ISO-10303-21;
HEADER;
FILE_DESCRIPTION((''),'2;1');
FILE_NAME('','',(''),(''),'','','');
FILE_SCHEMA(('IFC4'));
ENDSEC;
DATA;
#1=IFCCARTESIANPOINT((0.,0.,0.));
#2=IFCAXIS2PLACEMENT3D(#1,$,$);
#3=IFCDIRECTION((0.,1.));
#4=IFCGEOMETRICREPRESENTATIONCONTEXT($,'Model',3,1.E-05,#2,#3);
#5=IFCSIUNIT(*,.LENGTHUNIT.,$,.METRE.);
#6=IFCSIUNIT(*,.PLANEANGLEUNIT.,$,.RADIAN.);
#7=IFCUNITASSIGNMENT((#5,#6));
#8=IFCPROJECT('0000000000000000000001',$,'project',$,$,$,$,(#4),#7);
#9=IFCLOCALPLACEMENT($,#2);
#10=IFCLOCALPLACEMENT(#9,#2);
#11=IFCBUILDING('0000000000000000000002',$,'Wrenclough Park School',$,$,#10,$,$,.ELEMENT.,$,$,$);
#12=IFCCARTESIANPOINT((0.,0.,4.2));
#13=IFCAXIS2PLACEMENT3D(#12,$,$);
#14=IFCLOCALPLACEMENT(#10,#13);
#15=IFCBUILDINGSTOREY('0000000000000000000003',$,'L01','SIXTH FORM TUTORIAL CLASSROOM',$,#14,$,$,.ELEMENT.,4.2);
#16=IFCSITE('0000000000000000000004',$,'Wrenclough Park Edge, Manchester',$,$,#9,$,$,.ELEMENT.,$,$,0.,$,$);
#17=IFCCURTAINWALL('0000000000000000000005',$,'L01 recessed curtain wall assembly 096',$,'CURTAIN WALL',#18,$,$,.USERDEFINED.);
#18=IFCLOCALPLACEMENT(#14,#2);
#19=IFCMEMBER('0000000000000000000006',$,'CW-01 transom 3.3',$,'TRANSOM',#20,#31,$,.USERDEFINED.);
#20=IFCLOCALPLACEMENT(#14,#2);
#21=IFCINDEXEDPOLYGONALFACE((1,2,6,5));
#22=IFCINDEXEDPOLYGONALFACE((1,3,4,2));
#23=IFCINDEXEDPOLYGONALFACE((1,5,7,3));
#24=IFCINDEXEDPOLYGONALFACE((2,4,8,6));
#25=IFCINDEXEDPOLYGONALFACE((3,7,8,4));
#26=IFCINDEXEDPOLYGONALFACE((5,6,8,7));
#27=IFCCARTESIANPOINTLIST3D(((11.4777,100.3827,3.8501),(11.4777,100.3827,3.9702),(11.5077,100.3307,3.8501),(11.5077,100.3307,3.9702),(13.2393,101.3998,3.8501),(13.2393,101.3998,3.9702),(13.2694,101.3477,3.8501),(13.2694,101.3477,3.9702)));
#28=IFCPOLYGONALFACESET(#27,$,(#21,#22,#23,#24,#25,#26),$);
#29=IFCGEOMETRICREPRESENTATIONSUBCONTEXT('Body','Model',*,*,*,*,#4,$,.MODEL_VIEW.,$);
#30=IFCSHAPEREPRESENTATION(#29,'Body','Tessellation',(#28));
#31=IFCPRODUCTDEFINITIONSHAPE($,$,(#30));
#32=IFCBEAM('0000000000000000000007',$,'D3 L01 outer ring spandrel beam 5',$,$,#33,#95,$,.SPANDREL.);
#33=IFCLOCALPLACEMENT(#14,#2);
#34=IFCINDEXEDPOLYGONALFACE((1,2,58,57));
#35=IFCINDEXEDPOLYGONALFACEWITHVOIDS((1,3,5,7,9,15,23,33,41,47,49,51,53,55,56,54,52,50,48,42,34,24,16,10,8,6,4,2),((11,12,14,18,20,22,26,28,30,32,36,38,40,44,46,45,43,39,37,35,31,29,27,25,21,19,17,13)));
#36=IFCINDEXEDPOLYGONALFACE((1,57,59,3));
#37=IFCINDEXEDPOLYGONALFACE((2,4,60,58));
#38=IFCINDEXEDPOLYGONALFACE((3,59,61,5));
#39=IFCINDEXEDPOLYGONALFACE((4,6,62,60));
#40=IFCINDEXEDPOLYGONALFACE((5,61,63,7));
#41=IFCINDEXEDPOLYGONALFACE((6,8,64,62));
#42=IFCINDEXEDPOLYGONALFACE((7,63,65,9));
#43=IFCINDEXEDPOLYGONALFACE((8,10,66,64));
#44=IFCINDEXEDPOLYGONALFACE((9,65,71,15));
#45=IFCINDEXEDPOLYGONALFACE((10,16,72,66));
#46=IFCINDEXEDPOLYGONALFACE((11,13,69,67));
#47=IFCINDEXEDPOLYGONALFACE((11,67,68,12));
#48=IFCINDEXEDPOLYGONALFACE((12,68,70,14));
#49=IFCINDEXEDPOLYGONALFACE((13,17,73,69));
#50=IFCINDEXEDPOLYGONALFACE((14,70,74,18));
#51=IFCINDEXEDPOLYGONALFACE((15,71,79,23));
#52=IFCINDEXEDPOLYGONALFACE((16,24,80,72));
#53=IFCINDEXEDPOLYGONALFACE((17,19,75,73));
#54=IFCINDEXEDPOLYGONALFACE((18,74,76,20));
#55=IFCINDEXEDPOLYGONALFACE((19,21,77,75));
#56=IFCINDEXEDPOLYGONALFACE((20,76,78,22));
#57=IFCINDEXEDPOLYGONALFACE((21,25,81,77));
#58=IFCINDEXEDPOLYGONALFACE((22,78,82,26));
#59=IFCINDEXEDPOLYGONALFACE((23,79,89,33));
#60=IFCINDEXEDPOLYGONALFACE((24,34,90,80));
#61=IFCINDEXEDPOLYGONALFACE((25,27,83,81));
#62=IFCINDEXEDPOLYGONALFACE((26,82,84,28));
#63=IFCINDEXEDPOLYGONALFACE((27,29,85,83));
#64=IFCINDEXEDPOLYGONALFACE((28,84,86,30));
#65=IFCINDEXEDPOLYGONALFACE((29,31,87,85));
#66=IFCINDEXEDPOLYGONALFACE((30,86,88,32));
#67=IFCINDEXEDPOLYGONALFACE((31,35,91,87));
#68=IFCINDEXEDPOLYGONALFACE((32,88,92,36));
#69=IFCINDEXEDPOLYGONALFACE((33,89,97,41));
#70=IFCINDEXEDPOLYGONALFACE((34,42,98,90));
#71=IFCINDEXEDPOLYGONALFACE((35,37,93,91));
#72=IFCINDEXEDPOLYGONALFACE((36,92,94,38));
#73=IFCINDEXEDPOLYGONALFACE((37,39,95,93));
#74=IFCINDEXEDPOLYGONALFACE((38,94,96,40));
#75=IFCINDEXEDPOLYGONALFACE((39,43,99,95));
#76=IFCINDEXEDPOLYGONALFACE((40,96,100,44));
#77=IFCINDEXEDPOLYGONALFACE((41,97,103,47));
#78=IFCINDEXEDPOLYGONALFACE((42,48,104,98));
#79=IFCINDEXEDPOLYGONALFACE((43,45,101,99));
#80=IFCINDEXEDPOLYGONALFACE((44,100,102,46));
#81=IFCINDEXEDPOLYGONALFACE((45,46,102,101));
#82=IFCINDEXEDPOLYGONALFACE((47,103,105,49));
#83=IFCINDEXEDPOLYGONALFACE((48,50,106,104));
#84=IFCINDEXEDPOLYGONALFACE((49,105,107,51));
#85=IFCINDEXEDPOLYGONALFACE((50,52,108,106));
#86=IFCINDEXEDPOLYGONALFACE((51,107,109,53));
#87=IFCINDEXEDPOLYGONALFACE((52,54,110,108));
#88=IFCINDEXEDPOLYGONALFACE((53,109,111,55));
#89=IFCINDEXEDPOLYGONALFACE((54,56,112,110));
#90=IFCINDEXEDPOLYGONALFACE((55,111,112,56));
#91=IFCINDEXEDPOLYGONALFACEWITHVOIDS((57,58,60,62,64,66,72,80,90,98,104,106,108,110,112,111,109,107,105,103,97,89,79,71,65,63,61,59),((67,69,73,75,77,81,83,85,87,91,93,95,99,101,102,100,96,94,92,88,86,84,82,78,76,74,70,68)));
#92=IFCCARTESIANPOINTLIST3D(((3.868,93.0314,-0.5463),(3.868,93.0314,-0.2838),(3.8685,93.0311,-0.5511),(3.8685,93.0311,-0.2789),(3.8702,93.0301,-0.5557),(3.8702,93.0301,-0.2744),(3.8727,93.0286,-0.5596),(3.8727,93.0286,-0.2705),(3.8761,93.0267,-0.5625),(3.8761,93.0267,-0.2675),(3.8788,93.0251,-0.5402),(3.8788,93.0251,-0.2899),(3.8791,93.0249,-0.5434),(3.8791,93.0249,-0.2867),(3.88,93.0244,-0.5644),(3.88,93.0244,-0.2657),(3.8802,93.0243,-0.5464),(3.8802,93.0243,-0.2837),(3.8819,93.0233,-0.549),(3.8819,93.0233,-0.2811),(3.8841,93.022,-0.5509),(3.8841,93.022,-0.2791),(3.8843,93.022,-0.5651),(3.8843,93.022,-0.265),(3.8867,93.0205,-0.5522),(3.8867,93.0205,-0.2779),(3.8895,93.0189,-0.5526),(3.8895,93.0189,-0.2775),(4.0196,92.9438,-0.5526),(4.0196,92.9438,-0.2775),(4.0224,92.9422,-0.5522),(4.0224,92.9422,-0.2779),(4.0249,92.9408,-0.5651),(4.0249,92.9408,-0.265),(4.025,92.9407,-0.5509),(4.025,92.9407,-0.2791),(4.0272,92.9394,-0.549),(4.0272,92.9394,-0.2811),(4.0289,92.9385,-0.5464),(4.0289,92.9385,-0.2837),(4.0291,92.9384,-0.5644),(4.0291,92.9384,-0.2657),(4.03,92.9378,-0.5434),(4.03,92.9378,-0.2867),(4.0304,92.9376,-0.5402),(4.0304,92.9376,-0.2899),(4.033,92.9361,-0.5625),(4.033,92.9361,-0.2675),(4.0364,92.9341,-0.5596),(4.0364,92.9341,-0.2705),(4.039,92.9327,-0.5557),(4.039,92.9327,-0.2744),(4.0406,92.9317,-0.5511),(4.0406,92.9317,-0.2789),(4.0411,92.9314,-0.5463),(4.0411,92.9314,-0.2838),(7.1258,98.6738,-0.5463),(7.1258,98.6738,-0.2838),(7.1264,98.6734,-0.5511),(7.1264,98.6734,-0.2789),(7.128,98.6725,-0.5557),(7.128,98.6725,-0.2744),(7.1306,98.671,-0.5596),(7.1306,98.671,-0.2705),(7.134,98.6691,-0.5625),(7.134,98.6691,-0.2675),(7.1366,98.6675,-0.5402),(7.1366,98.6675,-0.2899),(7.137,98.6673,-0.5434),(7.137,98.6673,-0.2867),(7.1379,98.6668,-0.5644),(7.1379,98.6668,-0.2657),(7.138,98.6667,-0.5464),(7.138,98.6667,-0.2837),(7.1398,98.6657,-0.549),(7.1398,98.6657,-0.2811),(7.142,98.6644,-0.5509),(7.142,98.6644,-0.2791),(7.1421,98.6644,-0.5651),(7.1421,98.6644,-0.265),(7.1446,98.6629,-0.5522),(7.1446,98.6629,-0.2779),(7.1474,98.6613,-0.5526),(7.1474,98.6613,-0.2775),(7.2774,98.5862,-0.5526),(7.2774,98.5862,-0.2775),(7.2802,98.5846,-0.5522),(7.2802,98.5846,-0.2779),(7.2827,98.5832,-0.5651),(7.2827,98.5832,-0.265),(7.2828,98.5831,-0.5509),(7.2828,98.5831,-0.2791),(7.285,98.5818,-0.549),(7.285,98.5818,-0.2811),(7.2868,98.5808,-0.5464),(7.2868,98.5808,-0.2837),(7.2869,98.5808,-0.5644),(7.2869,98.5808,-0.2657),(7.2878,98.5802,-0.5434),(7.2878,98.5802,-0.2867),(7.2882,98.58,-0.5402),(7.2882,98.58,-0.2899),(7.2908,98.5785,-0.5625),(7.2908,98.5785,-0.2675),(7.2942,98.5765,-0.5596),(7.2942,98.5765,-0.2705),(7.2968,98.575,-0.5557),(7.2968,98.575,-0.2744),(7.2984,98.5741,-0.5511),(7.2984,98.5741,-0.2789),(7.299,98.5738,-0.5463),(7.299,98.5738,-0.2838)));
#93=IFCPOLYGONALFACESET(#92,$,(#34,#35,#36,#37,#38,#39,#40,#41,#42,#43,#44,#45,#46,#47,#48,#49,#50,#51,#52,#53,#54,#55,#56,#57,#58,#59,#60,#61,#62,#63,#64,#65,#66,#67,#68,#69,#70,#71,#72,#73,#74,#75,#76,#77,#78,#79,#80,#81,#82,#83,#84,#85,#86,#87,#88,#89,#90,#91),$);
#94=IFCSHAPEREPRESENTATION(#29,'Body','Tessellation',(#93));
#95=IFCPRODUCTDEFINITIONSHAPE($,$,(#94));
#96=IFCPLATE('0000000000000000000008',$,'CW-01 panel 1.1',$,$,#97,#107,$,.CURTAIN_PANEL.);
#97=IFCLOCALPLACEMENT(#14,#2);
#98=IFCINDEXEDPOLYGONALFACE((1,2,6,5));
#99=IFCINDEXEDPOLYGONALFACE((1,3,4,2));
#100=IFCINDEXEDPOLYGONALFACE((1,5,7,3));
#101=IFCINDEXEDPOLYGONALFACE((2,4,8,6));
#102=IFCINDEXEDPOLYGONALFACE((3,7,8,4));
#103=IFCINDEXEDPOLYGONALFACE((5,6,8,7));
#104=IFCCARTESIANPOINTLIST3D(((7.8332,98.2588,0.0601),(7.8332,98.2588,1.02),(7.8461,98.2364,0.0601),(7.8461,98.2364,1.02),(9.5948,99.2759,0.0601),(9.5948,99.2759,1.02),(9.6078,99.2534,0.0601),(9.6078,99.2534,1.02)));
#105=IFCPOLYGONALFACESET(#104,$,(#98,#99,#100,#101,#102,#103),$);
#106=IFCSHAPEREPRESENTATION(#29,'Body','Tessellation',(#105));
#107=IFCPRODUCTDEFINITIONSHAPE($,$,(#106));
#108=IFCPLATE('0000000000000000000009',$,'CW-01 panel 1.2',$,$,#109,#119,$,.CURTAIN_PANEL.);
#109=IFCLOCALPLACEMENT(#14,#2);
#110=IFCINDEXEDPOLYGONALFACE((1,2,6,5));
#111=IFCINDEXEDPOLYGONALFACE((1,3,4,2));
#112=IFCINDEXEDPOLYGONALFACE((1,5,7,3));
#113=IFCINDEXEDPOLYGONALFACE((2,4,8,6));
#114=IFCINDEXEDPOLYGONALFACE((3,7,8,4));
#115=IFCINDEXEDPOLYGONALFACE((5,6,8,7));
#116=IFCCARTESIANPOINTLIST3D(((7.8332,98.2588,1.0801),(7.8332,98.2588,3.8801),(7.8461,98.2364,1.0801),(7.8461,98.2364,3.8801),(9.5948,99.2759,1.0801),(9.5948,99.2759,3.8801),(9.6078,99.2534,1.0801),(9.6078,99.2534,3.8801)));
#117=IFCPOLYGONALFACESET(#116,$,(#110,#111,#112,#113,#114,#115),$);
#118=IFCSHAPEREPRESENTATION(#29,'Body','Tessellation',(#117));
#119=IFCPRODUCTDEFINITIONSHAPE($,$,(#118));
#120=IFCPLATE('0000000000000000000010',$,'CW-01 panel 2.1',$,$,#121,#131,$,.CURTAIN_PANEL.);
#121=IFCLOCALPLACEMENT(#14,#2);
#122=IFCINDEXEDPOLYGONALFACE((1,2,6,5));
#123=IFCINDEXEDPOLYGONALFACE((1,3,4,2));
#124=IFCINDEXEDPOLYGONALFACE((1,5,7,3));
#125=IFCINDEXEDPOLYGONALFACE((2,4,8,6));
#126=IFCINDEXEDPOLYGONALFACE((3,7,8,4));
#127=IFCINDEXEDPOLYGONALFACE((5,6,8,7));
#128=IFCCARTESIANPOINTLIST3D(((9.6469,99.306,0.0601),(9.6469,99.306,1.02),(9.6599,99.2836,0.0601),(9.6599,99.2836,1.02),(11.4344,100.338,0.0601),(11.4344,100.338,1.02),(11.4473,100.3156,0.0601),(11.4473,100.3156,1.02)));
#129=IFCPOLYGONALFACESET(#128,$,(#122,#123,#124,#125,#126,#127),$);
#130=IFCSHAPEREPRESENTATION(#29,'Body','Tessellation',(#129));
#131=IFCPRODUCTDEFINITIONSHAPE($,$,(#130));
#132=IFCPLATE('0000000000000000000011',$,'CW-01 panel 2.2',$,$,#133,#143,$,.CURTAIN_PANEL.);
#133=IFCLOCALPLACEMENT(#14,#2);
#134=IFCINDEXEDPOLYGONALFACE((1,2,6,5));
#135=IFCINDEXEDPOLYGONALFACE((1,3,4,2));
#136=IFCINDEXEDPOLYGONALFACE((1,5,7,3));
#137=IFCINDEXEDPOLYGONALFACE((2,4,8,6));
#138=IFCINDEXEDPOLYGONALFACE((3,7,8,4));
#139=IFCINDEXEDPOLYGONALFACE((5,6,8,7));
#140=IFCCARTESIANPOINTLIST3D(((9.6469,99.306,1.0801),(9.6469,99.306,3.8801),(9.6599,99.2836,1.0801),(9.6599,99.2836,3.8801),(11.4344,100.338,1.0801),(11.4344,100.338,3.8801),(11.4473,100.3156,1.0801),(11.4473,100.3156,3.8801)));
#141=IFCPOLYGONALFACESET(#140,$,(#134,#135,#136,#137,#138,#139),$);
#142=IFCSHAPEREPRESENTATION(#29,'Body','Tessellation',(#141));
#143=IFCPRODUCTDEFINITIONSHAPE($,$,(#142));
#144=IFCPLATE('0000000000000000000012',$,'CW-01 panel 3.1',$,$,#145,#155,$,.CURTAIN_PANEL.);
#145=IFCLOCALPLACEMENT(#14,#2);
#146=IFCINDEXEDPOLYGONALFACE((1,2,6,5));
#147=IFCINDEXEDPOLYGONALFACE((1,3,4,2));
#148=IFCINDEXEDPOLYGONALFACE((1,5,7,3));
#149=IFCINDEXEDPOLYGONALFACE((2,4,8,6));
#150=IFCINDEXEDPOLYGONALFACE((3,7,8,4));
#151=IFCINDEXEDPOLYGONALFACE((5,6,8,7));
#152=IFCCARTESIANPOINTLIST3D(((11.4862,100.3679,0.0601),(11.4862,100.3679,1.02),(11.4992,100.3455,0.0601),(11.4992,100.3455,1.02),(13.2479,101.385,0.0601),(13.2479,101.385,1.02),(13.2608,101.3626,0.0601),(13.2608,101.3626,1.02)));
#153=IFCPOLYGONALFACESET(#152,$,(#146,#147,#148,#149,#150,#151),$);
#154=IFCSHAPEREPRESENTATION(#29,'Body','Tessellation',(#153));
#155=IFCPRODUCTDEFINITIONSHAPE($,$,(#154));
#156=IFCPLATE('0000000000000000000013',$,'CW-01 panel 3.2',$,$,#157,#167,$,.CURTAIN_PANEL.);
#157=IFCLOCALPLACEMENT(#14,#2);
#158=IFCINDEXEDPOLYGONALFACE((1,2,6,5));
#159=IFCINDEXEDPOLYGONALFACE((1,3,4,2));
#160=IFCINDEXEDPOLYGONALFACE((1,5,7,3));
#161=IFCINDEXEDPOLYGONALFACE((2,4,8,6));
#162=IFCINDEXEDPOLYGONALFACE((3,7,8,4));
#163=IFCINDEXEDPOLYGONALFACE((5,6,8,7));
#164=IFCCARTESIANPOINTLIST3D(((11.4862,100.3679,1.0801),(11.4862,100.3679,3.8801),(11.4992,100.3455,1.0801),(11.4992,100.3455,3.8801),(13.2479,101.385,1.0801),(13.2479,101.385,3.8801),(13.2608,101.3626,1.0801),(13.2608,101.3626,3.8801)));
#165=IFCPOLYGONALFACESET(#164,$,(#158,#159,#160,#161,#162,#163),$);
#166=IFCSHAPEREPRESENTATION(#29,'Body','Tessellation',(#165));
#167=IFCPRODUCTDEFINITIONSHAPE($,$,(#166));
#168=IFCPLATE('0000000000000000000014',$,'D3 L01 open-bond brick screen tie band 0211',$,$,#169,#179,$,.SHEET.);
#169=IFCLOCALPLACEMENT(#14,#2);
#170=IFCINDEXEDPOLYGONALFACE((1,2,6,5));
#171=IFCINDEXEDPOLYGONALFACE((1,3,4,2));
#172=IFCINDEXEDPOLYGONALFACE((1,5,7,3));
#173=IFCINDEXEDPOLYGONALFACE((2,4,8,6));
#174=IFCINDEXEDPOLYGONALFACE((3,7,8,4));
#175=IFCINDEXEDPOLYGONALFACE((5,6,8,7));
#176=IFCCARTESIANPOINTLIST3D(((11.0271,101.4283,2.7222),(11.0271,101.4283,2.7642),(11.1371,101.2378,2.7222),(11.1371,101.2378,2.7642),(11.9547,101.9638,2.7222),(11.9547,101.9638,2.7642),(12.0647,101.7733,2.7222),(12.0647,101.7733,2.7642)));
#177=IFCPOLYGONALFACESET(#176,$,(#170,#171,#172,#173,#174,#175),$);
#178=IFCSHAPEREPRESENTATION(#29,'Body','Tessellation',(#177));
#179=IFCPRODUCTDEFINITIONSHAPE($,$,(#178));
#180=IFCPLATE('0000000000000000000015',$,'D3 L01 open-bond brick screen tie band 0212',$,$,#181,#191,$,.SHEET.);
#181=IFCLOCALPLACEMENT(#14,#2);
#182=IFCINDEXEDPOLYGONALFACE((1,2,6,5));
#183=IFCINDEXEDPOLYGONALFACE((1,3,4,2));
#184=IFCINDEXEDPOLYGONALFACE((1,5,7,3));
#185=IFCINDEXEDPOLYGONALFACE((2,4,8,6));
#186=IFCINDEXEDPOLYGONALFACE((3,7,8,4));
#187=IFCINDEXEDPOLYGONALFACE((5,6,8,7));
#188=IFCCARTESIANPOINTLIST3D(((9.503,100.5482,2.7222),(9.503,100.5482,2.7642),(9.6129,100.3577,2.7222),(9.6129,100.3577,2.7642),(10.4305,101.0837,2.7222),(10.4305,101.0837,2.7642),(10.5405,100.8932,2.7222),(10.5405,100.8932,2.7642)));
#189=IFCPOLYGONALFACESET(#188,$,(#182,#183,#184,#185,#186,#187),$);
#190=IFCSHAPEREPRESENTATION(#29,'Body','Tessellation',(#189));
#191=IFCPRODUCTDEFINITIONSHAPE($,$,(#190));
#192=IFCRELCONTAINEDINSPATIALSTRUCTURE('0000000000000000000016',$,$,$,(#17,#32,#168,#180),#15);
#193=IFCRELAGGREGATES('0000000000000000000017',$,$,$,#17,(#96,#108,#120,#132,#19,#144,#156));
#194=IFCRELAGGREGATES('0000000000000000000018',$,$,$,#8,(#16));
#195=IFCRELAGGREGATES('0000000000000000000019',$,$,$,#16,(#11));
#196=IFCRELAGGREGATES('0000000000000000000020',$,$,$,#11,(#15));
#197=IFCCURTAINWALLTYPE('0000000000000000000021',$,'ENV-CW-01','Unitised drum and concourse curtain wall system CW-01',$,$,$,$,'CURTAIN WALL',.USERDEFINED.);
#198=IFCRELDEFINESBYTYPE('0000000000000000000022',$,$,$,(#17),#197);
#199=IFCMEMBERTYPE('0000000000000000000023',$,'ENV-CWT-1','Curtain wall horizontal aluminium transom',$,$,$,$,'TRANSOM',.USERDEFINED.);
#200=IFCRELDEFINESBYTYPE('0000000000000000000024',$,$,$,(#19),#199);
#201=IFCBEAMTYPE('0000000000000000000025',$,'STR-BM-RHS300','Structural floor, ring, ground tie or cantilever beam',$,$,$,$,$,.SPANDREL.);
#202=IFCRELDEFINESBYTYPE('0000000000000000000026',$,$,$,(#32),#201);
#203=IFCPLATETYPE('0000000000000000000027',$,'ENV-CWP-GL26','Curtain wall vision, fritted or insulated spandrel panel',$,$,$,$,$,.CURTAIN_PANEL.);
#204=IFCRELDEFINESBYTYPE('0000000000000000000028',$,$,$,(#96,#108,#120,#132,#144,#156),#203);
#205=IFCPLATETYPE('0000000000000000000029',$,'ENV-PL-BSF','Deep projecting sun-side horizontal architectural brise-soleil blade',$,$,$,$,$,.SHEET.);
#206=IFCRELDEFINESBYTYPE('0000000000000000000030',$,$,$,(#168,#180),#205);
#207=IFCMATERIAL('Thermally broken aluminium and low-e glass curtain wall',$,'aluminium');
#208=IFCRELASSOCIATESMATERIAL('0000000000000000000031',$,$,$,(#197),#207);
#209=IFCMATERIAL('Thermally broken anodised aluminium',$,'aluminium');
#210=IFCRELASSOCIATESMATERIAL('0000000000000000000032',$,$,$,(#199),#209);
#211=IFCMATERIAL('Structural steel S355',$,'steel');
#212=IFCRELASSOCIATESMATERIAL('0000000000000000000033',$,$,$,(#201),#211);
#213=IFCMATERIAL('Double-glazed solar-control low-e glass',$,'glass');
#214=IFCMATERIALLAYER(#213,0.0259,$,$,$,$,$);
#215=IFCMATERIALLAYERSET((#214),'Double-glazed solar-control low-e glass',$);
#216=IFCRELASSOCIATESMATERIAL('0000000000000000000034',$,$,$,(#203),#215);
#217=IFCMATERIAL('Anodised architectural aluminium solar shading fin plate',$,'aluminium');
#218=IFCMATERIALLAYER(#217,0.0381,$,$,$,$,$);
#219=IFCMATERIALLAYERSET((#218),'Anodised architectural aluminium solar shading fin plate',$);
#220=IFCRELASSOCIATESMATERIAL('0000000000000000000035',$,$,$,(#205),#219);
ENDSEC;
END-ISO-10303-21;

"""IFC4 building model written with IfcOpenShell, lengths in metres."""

from ifc_helpers import new_model, si_unit, direction, frame, origin, origin_2d, place, context, subcontext, project, spatial, rectangle, hollow_rectangle, extrude, material, layer, layer_set, material_profile, profile_set, type_object, element, aggregate, save


model = new_model("IFC4")

# Units and contexts
model_context = context("Model", 3, precision=1e-05, world=origin(), true_north=direction((0.0, 1.0)))
body_context = subcontext(model_context, "Body", "Model", "MODEL_VIEW")
ifc_project = project(units=[si_unit("LENGTHUNIT", "METRE"), si_unit("PLANEANGLEUNIT", "RADIAN")], contexts=[model_context])

# Site, building, storey
site_placement = place(None, origin())
site = spatial("IfcSite", under=ifc_project, at=site_placement, Name="Wrenclough Park Edge, Manchester", CompositionType="ELEMENT", RefElevation=0.0)
building_placement = place(site_placement, origin())
building = spatial("IfcBuilding", under=site, at=building_placement, Name="Wrenclough Park School", CompositionType="ELEMENT")
storey_placement = place(building_placement, frame((0.0, 0.0, 4.2)))
storey = spatial("IfcBuildingStorey", under=building, at=storey_placement, Name="L01", Description="SIXTH FORM TUTORIAL CLASSROOM", CompositionType="ELEMENT", Elevation=4.2)

# Shared definitions
ifc_material_1 = material(Name="Structural steel S355", Category="steel")

# Curtain wall, member
ifc_material_2 = material(Name="Thermally broken aluminium and low-e glass curtain wall", Category="aluminium")
curtain_wall_type = type_object("IfcCurtainWallType", Name="ENV-CW-01", Description="Unitised drum and concourse curtain wall system CW-01", ElementType="CURTAIN WALL", PredefinedType="USERDEFINED", material=ifc_material_2)
curtain_wall_placement = place(storey_placement, origin())
curtain_wall = element("IfcCurtainWall", 1, at=curtain_wall_placement, inside=storey, type_object=curtain_wall_type, Name="L01 recessed curtain wall assembly 096", ObjectType="CURTAIN WALL", PredefinedType="USERDEFINED")
ifc_material_3 = material(Name="Thermally broken anodised aluminium", Category="aluminium")
ifc_material_profile_1 = material_profile(ifc_material_3, rectangle(XDim=0.0601, YDim=0.1201, at=origin_2d()), Name="AL TRANSOM 60x120")
ifc_profile_set_1 = profile_set([ifc_material_profile_1], Name="Thermally broken anodised aluminium")
member_type_1 = type_object("IfcMemberType", Name="ENV-CWT-1", Description="Curtain wall horizontal aluminium transom", ElementType="TRANSOM", PredefinedType="USERDEFINED", material=ifc_profile_set_1)
member_1_placement = place(storey_placement, frame((11.4927, 100.3567, 3.9102), z_axis=(0.866034, 0.499986, 0.0), x_axis=(-0.499986, 0.866034, 0.0)))
member_1 = element("IfcMember", 2, at=member_1_placement, type_object=member_type_1, Name="CW-01 transom 3.3", ObjectType="TRANSOM", PredefinedType="USERDEFINED", context=body_context, shape_type="SweptSolid", body=[
    extrude(rectangle(XDim=0.0601, YDim=0.1201, at=origin_2d()), origin(), (0.0, 0.0, 1.0), 2.0342),
])

# Beam
ifc_material_profile_2 = material_profile(ifc_material_1, hollow_rectangle(XDim=0.2, YDim=0.3, WallThickness=0.0125, InnerFilletRadius=0.0125, OuterFilletRadius=0.0188, at=origin_2d()), Name="RHS 300x200x12.5")
ifc_profile_set_2 = profile_set([ifc_material_profile_2], Name="Structural steel S355")
beam_type = type_object("IfcBeamType", Name="STR-BM-RHS300", Description="Structural floor, ring, ground tie or cantilever beam", PredefinedType="SPANDREL", material=ifc_profile_set_2)
beam_placement = place(storey_placement, frame((7.2124, 98.6238, -0.415), z_axis=(-0.500024, -0.866011, 0.0), x_axis=(0.866011, -0.500024, 0.0)))
element("IfcBeam", 3, at=beam_placement, inside=storey, type_object=beam_type, Name="D3 L01 outer ring spandrel beam 5", PredefinedType="SPANDREL", context=body_context, shape_type="SweptSolid", body=[
    extrude(hollow_rectangle(XDim=0.2, YDim=0.3, WallThickness=0.0125, InnerFilletRadius=0.0125, OuterFilletRadius=0.0188, at=origin_2d()), origin(), (0.0, 0.0, 1.0), 6.5154),
])

# Plates
ifc_material_4 = material(Name="Double-glazed solar-control low-e glass", Category="glass")
ifc_layer_1 = layer(ifc_material_4, 0.0259)
ifc_layer_set_1 = layer_set([ifc_layer_1], Name="Double-glazed solar-control low-e glass")
plate_type_1 = type_object("IfcPlateType", Name="ENV-CWP-GL26", Description="Curtain wall vision, fritted or insulated spandrel panel", PredefinedType="CURTAIN_PANEL", material=ifc_layer_set_1)
plate_1_placement = place(storey_placement, frame((8.7205, 98.7561, 0.0601), z_axis=(0.0, 0.0, 1.0), x_axis=(0.866026, 0.499999, 0.0)))
plate_1 = element("IfcPlate", 4, at=plate_1_placement, type_object=plate_type_1, Name="CW-01 panel 1.1", PredefinedType="CURTAIN_PANEL", context=body_context, shape_type="SweptSolid", body=[
    extrude(rectangle(XDim=2.0342, YDim=0.0259, at=origin_2d()), origin(), (0.0, 0.0, 1.0), 0.96),
])
plate_2_placement = place(storey_placement, frame((8.7205, 98.7561, 1.0801), z_axis=(0.0, 0.0, 1.0), x_axis=(0.866026, 0.499999, 0.0)))
plate_2 = element("IfcPlate", 5, at=plate_2_placement, type_object=plate_type_1, Name="CW-01 panel 1.2", PredefinedType="CURTAIN_PANEL", context=body_context, shape_type="SweptSolid", body=[
    extrude(rectangle(XDim=2.0342, YDim=0.0259, at=origin_2d()), origin(), (0.0, 0.0, 1.0), 2.8),
])
plate_3_placement = place(storey_placement, frame((10.5471, 99.8108, 0.0601), z_axis=(0.0, 0.0, 1.0), x_axis=(0.866026, 0.499999, 0.0)))
plate_3 = element("IfcPlate", 6, at=plate_3_placement, type_object=plate_type_1, Name="CW-01 panel 2.1", PredefinedType="CURTAIN_PANEL", context=body_context, shape_type="SweptSolid", body=[
    extrude(rectangle(XDim=2.064, YDim=0.0259, at=origin_2d()), origin(), (0.0, 0.0, 1.0), 0.96),
])
plate_4_placement = place(storey_placement, frame((10.5471, 99.8108, 1.0801), z_axis=(0.0, 0.0, 1.0), x_axis=(0.866026, 0.499999, 0.0)))
plate_4 = element("IfcPlate", 7, at=plate_4_placement, type_object=plate_type_1, Name="CW-01 panel 2.2", PredefinedType="CURTAIN_PANEL", context=body_context, shape_type="SweptSolid", body=[
    extrude(rectangle(XDim=2.064, YDim=0.0259, at=origin_2d()), origin(), (0.0, 0.0, 1.0), 2.8),
])
plate_5_placement = place(storey_placement, frame((12.3735, 100.8652, 0.0601), z_axis=(0.0, 0.0, 1.0), x_axis=(0.866026, 0.499999, 0.0)))
plate_5 = element("IfcPlate", 8, at=plate_5_placement, type_object=plate_type_1, Name="CW-01 panel 3.1", PredefinedType="CURTAIN_PANEL", context=body_context, shape_type="SweptSolid", body=[
    extrude(rectangle(XDim=2.0342, YDim=0.0259, at=origin_2d()), origin(), (0.0, 0.0, 1.0), 0.96),
])
plate_6_placement = place(storey_placement, frame((12.3735, 100.8652, 1.0801), z_axis=(0.0, 0.0, 1.0), x_axis=(0.866026, 0.499999, 0.0)))
plate_6 = element("IfcPlate", 9, at=plate_6_placement, type_object=plate_type_1, Name="CW-01 panel 3.2", PredefinedType="CURTAIN_PANEL", context=body_context, shape_type="SweptSolid", body=[
    extrude(rectangle(XDim=2.0342, YDim=0.0259, at=origin_2d()), origin(), (0.0, 0.0, 1.0), 2.8),
])
aggregate(curtain_wall, [plate_1, plate_2, plate_3, plate_4, member_1, plate_5, plate_6])

# Plates
ifc_material_5 = material(Name="Anodised architectural aluminium solar shading fin plate", Category="aluminium")
ifc_layer_2 = layer(ifc_material_5, 0.0381)
ifc_layer_set_2 = layer_set([ifc_layer_2], Name="Anodised architectural aluminium solar shading fin plate")
plate_type_2 = type_object("IfcPlateType", Name="ENV-PL-BSF", Description="Deep projecting sun-side horizontal architectural brise-soleil blade", PredefinedType="SHEET", material=ifc_layer_set_2)
for number, where, z_axis, x_axis, name in (
    (10, (11.5459, 101.6008, 2.7222), (0.0, 0.0, 1.0), (-0.866031, -0.499991, 0.0), "D3 L01 open-bond brick screen tie band 0211"),
    (11, (10.0217, 100.7207, 2.7222), (0.0, 0.0, 1.0), (-0.866031, -0.499991, 0.0), "D3 L01 open-bond brick screen tie band 0212"),
):
    element("IfcPlate", number, at=place(storey_placement, frame(where, z_axis=z_axis, x_axis=x_axis)), inside=storey, type_object=plate_type_2, Name=name, PredefinedType="SHEET", context=body_context, shape_type="SweptSolid", body=[
        extrude(rectangle(XDim=1.071, YDim=0.22, at=origin_2d()), origin(), (0.0, 0.0, 1.0), 0.042),
    ])

save(model, "model.ifc")
